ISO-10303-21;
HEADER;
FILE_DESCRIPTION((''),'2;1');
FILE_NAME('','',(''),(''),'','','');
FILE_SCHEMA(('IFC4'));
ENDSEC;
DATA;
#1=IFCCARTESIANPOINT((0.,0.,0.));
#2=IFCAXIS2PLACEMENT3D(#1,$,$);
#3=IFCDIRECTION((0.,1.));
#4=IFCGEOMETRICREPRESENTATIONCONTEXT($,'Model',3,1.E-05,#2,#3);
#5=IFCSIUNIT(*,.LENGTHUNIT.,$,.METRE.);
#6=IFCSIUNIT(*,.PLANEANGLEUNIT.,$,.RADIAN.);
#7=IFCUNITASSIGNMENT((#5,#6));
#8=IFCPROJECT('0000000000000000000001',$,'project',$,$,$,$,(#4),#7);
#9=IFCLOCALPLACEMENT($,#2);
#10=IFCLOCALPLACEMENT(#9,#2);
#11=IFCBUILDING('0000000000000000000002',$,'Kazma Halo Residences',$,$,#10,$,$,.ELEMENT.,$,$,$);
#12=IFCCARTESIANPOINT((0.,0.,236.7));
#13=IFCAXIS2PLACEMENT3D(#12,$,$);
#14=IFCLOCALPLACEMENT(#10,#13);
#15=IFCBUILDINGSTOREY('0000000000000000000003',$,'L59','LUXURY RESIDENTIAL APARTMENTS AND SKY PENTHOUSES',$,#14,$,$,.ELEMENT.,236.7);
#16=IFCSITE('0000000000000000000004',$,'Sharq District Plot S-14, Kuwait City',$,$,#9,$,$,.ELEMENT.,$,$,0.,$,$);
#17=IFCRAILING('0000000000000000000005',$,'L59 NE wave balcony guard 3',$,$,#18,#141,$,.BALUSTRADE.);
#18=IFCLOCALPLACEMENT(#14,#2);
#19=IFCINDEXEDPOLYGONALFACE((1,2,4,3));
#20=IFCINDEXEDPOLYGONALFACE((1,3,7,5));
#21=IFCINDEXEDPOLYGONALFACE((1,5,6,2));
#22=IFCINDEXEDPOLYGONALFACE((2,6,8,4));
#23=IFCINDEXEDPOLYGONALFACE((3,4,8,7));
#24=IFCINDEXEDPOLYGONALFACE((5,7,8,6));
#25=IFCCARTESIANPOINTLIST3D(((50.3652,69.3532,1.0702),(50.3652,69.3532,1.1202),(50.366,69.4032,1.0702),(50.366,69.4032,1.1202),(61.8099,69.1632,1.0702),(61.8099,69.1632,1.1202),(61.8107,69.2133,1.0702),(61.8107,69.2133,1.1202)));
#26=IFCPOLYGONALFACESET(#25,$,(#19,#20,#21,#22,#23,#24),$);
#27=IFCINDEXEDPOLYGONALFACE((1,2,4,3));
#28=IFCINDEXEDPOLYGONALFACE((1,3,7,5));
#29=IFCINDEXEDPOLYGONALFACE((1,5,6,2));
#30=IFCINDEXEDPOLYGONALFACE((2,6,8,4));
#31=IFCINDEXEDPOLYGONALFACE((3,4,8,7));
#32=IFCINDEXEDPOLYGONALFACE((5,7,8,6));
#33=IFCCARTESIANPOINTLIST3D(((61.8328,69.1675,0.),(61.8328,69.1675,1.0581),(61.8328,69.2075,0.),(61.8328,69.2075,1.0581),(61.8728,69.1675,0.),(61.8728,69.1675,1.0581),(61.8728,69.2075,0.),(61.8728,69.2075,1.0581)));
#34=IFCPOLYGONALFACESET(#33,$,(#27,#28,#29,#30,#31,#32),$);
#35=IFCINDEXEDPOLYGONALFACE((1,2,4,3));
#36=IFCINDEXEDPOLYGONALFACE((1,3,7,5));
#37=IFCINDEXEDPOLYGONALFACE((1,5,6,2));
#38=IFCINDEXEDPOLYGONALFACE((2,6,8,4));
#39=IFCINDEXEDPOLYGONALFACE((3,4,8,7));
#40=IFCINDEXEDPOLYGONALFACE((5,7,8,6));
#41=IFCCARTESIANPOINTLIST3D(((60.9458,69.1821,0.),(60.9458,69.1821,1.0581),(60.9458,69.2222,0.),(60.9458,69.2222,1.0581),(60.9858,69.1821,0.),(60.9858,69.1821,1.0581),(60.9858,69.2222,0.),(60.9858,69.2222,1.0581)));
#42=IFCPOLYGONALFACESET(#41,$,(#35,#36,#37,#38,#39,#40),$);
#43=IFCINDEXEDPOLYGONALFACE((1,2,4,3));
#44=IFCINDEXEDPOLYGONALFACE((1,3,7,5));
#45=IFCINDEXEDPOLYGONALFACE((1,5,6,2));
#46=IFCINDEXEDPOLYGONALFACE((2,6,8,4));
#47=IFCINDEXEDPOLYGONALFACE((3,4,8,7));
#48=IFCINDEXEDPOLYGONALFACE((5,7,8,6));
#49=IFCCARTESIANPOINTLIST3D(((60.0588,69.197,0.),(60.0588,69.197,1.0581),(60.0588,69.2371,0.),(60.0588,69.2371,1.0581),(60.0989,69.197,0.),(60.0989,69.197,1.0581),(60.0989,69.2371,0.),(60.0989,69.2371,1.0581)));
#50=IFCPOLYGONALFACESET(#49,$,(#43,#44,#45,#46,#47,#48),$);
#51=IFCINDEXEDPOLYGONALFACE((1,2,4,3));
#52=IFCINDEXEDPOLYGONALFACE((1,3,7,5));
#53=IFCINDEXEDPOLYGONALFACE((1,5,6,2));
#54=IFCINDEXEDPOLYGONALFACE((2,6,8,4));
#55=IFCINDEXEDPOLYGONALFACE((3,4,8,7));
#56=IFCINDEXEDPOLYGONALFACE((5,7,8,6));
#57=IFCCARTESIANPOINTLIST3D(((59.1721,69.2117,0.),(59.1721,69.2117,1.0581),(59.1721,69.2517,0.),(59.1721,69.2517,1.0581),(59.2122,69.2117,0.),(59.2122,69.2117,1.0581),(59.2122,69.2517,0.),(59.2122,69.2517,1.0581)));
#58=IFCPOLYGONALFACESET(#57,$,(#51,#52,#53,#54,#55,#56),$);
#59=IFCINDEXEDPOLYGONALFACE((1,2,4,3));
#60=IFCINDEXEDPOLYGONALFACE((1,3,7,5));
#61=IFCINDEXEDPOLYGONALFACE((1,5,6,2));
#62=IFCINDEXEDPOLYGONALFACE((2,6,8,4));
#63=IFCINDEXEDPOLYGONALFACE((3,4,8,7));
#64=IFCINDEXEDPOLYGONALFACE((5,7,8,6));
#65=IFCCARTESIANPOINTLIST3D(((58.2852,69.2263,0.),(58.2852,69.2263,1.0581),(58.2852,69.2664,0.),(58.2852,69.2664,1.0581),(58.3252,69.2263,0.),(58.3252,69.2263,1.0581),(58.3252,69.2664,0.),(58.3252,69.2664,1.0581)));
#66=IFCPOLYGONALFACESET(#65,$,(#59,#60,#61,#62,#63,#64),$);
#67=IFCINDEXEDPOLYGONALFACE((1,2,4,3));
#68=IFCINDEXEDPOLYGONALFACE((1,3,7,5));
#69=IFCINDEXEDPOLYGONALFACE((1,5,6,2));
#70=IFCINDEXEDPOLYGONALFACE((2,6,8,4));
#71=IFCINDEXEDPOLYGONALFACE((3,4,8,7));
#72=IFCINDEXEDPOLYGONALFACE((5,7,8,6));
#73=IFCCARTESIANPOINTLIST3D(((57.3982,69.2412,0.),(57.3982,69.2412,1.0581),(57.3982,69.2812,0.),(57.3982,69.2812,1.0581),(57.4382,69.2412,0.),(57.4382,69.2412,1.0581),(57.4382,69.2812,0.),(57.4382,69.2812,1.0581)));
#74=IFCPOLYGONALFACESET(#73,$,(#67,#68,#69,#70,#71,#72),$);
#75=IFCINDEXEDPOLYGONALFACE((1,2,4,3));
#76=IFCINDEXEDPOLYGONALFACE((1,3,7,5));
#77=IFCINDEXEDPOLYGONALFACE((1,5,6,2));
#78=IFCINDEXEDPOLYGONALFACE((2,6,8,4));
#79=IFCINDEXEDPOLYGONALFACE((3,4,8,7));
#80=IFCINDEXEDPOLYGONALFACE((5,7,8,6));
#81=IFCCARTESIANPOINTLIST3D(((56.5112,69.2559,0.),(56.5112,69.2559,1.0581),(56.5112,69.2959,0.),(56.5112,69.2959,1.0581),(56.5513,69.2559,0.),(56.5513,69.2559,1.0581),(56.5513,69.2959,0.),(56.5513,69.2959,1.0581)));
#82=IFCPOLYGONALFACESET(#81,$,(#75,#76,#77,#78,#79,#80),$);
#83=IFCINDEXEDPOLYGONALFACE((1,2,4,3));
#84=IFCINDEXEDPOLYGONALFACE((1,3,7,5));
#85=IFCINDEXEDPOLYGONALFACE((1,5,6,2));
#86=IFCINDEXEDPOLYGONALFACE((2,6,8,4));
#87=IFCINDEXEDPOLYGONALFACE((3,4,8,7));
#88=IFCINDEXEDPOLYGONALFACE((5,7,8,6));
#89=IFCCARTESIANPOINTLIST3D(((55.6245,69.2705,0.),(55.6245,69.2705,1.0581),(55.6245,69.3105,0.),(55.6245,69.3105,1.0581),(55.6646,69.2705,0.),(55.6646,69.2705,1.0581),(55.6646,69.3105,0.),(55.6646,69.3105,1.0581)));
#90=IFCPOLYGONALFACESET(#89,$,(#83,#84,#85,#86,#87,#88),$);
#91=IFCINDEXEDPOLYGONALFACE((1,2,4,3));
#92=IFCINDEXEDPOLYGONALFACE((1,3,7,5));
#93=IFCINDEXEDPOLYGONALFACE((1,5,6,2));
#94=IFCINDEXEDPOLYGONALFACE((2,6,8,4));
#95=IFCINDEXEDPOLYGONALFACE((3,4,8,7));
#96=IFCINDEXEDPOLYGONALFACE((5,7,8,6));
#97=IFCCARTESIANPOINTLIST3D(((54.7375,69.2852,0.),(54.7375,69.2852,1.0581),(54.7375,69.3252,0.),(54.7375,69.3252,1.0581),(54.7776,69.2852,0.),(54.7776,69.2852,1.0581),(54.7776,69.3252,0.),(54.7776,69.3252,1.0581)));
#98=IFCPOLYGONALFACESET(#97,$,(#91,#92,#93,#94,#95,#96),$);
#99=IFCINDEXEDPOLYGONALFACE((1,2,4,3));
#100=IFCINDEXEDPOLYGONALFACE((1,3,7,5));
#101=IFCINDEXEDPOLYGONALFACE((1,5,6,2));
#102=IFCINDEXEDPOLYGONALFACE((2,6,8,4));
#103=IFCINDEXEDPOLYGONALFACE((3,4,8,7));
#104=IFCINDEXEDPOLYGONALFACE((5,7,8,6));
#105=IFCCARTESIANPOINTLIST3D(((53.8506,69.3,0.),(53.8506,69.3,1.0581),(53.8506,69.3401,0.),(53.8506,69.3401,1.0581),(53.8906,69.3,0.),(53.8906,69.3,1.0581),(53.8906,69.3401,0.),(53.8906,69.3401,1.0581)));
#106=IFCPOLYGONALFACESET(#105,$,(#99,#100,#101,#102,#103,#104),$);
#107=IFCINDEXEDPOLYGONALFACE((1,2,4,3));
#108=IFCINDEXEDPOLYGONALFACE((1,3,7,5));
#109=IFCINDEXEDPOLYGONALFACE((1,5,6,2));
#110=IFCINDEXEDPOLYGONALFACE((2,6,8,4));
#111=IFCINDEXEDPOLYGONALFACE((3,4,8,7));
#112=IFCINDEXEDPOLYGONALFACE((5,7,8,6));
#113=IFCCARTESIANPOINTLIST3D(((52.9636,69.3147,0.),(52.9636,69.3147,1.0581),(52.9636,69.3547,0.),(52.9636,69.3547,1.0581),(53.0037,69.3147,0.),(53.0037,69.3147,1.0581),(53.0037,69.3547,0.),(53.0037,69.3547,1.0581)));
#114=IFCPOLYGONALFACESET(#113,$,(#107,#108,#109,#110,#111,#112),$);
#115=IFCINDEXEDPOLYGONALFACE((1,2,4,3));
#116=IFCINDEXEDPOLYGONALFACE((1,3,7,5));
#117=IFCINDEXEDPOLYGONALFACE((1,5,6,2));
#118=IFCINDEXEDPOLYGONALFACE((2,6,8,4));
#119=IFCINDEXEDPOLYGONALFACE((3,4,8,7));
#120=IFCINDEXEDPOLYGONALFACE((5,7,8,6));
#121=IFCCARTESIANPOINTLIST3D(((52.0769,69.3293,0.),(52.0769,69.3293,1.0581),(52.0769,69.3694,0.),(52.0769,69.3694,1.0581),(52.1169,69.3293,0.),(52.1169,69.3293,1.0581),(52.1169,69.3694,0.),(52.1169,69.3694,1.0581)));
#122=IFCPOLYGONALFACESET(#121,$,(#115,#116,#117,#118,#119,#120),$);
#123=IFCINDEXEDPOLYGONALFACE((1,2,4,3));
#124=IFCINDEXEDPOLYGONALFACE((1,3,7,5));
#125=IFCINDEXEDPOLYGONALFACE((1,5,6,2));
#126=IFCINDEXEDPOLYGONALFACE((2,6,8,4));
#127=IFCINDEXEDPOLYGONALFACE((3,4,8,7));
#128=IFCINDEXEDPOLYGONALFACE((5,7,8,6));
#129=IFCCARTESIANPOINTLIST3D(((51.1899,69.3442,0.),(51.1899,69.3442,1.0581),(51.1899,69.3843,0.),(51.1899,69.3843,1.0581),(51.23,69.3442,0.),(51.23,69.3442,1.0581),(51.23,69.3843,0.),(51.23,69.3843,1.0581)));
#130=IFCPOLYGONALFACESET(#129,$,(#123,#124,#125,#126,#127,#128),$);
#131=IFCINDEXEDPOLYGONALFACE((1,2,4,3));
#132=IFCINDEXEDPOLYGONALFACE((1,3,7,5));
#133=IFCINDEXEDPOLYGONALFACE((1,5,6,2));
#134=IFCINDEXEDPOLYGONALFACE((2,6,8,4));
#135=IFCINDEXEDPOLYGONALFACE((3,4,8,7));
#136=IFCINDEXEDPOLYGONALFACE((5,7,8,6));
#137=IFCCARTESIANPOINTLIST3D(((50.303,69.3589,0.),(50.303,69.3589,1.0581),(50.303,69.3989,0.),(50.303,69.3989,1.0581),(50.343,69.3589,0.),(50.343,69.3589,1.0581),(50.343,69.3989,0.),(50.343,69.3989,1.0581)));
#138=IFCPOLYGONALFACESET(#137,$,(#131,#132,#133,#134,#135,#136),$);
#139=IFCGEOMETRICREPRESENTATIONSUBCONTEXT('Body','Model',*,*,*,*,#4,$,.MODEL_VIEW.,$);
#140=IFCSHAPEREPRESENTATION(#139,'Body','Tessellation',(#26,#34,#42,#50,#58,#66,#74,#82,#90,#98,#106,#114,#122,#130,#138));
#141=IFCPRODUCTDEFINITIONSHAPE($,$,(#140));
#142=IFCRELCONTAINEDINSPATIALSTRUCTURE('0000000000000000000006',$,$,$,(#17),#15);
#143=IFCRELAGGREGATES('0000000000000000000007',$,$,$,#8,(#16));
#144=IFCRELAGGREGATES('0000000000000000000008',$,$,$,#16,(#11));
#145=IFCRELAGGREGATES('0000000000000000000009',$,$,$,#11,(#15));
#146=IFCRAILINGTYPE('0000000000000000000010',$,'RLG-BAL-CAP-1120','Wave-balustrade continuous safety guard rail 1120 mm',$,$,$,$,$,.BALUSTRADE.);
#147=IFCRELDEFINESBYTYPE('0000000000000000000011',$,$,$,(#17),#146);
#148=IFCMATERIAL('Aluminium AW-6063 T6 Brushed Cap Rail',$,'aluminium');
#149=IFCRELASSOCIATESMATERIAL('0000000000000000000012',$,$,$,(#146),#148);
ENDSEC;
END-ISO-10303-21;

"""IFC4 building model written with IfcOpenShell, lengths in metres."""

from ifc_helpers import new_model, si_unit, direction, frame, origin, origin_2d, place, context, subcontext, project, spatial, rectangle, extrude, material, type_object, element, save


model = new_model("IFC4")

# Units and contexts
model_context = context("Model", 3, precision=1e-05, world=origin(), true_north=direction((0.0, 1.0)))
body_context = subcontext(model_context, "Body", "Model", "MODEL_VIEW")
ifc_project = project(units=[si_unit("LENGTHUNIT", "METRE"), si_unit("PLANEANGLEUNIT", "RADIAN")], contexts=[model_context])

# Site, building, storey
site_placement = place(None, origin())
site = spatial("IfcSite", under=ifc_project, at=site_placement, Name="Sharq District Plot S-14, Kuwait City", CompositionType="ELEMENT", RefElevation=0.0)
building_placement = place(site_placement, origin())
building = spatial("IfcBuilding", under=site, at=building_placement, Name="Kazma Halo Residences", CompositionType="ELEMENT")
storey_placement = place(building_placement, frame((0.0, 0.0, 236.7)))
storey = spatial("IfcBuildingStorey", under=building, at=storey_placement, Name="L59", Description="LUXURY RESIDENTIAL APARTMENTS AND SKY PENTHOUSES", CompositionType="ELEMENT", Elevation=236.7)

# Railing
ifc_material_1 = material(Name="Aluminium AW-6063 T6 Brushed Cap Rail", Category="aluminium")
railing_type = type_object("IfcRailingType", Name="RLG-BAL-CAP-1120", Description="Wave-balustrade continuous safety guard rail 1120 mm", PredefinedType="BALUSTRADE", material=ifc_material_1)
railing_1_placement = place(storey_placement, frame((61.8528, 69.1875, 0.0)))
element("IfcRailing", 1, at=railing_1_placement, inside=storey, type_object=railing_type, Name="L59 NE wave balcony guard 3", PredefinedType="BALUSTRADE", context=body_context, shape_type="SweptSolid", body=[
    extrude(rectangle(XDim=0.05, YDim=0.05, at=origin_2d()), frame((-0.0425, 0.0007, 1.0952), z_axis=(-0.999862, 0.016599, 0.0), x_axis=(-0.016599, -0.999862, 0.0)), (0.0, 0.0, 1.0), 11.4463),
    extrude(rectangle(XDim=0.04, YDim=0.04, at=origin_2d()), origin(), (0.0, 0.0, 1.0), 1.0581),
    extrude(rectangle(XDim=0.04, YDim=0.04, at=origin_2d()), frame((-0.887, 0.0146, 0.0)), (0.0, 0.0, 1.0), 1.0581),
    extrude(rectangle(XDim=0.04, YDim=0.04, at=origin_2d()), frame((-1.7739, 0.0295, 0.0)), (0.0, 0.0, 1.0), 1.0581),
    extrude(rectangle(XDim=0.04, YDim=0.04, at=origin_2d()), frame((-2.6606, 0.0442, 0.0)), (0.0, 0.0, 1.0), 1.0581),
    extrude(rectangle(XDim=0.04, YDim=0.04, at=origin_2d()), frame((-3.5476, 0.0588, 0.0)), (0.0, 0.0, 1.0), 1.0581),
    extrude(rectangle(XDim=0.04, YDim=0.04, at=origin_2d()), frame((-4.4346, 0.0737, 0.0)), (0.0, 0.0, 1.0), 1.0581),
    extrude(rectangle(XDim=0.04, YDim=0.04, at=origin_2d()), frame((-5.3215, 0.0884, 0.0)), (0.0, 0.0, 1.0), 1.0581),
    extrude(rectangle(XDim=0.04, YDim=0.04, at=origin_2d()), frame((-6.2083, 0.103, 0.0)), (0.0, 0.0, 1.0), 1.0581),
    extrude(rectangle(XDim=0.04, YDim=0.04, at=origin_2d()), frame((-7.0952, 0.1177, 0.0)), (0.0, 0.0, 1.0), 1.0581),
    extrude(rectangle(XDim=0.04, YDim=0.04, at=origin_2d()), frame((-7.9822, 0.1326, 0.0)), (0.0, 0.0, 1.0), 1.0581),
    extrude(rectangle(XDim=0.04, YDim=0.04, at=origin_2d()), frame((-8.8691, 0.1472, 0.0)), (0.0, 0.0, 1.0), 1.0581),
    extrude(rectangle(XDim=0.04, YDim=0.04, at=origin_2d()), frame((-9.7559, 0.1619, 0.0)), (0.0, 0.0, 1.0), 1.0581),
    extrude(rectangle(XDim=0.04, YDim=0.04, at=origin_2d()), frame((-10.6428, 0.1768, 0.0)), (0.0, 0.0, 1.0), 1.0581),
    extrude(rectangle(XDim=0.04, YDim=0.04, at=origin_2d()), frame((-11.5298, 0.1914, 0.0)), (0.0, 0.0, 1.0), 1.0581),
])

save(model, "model.ifc")
